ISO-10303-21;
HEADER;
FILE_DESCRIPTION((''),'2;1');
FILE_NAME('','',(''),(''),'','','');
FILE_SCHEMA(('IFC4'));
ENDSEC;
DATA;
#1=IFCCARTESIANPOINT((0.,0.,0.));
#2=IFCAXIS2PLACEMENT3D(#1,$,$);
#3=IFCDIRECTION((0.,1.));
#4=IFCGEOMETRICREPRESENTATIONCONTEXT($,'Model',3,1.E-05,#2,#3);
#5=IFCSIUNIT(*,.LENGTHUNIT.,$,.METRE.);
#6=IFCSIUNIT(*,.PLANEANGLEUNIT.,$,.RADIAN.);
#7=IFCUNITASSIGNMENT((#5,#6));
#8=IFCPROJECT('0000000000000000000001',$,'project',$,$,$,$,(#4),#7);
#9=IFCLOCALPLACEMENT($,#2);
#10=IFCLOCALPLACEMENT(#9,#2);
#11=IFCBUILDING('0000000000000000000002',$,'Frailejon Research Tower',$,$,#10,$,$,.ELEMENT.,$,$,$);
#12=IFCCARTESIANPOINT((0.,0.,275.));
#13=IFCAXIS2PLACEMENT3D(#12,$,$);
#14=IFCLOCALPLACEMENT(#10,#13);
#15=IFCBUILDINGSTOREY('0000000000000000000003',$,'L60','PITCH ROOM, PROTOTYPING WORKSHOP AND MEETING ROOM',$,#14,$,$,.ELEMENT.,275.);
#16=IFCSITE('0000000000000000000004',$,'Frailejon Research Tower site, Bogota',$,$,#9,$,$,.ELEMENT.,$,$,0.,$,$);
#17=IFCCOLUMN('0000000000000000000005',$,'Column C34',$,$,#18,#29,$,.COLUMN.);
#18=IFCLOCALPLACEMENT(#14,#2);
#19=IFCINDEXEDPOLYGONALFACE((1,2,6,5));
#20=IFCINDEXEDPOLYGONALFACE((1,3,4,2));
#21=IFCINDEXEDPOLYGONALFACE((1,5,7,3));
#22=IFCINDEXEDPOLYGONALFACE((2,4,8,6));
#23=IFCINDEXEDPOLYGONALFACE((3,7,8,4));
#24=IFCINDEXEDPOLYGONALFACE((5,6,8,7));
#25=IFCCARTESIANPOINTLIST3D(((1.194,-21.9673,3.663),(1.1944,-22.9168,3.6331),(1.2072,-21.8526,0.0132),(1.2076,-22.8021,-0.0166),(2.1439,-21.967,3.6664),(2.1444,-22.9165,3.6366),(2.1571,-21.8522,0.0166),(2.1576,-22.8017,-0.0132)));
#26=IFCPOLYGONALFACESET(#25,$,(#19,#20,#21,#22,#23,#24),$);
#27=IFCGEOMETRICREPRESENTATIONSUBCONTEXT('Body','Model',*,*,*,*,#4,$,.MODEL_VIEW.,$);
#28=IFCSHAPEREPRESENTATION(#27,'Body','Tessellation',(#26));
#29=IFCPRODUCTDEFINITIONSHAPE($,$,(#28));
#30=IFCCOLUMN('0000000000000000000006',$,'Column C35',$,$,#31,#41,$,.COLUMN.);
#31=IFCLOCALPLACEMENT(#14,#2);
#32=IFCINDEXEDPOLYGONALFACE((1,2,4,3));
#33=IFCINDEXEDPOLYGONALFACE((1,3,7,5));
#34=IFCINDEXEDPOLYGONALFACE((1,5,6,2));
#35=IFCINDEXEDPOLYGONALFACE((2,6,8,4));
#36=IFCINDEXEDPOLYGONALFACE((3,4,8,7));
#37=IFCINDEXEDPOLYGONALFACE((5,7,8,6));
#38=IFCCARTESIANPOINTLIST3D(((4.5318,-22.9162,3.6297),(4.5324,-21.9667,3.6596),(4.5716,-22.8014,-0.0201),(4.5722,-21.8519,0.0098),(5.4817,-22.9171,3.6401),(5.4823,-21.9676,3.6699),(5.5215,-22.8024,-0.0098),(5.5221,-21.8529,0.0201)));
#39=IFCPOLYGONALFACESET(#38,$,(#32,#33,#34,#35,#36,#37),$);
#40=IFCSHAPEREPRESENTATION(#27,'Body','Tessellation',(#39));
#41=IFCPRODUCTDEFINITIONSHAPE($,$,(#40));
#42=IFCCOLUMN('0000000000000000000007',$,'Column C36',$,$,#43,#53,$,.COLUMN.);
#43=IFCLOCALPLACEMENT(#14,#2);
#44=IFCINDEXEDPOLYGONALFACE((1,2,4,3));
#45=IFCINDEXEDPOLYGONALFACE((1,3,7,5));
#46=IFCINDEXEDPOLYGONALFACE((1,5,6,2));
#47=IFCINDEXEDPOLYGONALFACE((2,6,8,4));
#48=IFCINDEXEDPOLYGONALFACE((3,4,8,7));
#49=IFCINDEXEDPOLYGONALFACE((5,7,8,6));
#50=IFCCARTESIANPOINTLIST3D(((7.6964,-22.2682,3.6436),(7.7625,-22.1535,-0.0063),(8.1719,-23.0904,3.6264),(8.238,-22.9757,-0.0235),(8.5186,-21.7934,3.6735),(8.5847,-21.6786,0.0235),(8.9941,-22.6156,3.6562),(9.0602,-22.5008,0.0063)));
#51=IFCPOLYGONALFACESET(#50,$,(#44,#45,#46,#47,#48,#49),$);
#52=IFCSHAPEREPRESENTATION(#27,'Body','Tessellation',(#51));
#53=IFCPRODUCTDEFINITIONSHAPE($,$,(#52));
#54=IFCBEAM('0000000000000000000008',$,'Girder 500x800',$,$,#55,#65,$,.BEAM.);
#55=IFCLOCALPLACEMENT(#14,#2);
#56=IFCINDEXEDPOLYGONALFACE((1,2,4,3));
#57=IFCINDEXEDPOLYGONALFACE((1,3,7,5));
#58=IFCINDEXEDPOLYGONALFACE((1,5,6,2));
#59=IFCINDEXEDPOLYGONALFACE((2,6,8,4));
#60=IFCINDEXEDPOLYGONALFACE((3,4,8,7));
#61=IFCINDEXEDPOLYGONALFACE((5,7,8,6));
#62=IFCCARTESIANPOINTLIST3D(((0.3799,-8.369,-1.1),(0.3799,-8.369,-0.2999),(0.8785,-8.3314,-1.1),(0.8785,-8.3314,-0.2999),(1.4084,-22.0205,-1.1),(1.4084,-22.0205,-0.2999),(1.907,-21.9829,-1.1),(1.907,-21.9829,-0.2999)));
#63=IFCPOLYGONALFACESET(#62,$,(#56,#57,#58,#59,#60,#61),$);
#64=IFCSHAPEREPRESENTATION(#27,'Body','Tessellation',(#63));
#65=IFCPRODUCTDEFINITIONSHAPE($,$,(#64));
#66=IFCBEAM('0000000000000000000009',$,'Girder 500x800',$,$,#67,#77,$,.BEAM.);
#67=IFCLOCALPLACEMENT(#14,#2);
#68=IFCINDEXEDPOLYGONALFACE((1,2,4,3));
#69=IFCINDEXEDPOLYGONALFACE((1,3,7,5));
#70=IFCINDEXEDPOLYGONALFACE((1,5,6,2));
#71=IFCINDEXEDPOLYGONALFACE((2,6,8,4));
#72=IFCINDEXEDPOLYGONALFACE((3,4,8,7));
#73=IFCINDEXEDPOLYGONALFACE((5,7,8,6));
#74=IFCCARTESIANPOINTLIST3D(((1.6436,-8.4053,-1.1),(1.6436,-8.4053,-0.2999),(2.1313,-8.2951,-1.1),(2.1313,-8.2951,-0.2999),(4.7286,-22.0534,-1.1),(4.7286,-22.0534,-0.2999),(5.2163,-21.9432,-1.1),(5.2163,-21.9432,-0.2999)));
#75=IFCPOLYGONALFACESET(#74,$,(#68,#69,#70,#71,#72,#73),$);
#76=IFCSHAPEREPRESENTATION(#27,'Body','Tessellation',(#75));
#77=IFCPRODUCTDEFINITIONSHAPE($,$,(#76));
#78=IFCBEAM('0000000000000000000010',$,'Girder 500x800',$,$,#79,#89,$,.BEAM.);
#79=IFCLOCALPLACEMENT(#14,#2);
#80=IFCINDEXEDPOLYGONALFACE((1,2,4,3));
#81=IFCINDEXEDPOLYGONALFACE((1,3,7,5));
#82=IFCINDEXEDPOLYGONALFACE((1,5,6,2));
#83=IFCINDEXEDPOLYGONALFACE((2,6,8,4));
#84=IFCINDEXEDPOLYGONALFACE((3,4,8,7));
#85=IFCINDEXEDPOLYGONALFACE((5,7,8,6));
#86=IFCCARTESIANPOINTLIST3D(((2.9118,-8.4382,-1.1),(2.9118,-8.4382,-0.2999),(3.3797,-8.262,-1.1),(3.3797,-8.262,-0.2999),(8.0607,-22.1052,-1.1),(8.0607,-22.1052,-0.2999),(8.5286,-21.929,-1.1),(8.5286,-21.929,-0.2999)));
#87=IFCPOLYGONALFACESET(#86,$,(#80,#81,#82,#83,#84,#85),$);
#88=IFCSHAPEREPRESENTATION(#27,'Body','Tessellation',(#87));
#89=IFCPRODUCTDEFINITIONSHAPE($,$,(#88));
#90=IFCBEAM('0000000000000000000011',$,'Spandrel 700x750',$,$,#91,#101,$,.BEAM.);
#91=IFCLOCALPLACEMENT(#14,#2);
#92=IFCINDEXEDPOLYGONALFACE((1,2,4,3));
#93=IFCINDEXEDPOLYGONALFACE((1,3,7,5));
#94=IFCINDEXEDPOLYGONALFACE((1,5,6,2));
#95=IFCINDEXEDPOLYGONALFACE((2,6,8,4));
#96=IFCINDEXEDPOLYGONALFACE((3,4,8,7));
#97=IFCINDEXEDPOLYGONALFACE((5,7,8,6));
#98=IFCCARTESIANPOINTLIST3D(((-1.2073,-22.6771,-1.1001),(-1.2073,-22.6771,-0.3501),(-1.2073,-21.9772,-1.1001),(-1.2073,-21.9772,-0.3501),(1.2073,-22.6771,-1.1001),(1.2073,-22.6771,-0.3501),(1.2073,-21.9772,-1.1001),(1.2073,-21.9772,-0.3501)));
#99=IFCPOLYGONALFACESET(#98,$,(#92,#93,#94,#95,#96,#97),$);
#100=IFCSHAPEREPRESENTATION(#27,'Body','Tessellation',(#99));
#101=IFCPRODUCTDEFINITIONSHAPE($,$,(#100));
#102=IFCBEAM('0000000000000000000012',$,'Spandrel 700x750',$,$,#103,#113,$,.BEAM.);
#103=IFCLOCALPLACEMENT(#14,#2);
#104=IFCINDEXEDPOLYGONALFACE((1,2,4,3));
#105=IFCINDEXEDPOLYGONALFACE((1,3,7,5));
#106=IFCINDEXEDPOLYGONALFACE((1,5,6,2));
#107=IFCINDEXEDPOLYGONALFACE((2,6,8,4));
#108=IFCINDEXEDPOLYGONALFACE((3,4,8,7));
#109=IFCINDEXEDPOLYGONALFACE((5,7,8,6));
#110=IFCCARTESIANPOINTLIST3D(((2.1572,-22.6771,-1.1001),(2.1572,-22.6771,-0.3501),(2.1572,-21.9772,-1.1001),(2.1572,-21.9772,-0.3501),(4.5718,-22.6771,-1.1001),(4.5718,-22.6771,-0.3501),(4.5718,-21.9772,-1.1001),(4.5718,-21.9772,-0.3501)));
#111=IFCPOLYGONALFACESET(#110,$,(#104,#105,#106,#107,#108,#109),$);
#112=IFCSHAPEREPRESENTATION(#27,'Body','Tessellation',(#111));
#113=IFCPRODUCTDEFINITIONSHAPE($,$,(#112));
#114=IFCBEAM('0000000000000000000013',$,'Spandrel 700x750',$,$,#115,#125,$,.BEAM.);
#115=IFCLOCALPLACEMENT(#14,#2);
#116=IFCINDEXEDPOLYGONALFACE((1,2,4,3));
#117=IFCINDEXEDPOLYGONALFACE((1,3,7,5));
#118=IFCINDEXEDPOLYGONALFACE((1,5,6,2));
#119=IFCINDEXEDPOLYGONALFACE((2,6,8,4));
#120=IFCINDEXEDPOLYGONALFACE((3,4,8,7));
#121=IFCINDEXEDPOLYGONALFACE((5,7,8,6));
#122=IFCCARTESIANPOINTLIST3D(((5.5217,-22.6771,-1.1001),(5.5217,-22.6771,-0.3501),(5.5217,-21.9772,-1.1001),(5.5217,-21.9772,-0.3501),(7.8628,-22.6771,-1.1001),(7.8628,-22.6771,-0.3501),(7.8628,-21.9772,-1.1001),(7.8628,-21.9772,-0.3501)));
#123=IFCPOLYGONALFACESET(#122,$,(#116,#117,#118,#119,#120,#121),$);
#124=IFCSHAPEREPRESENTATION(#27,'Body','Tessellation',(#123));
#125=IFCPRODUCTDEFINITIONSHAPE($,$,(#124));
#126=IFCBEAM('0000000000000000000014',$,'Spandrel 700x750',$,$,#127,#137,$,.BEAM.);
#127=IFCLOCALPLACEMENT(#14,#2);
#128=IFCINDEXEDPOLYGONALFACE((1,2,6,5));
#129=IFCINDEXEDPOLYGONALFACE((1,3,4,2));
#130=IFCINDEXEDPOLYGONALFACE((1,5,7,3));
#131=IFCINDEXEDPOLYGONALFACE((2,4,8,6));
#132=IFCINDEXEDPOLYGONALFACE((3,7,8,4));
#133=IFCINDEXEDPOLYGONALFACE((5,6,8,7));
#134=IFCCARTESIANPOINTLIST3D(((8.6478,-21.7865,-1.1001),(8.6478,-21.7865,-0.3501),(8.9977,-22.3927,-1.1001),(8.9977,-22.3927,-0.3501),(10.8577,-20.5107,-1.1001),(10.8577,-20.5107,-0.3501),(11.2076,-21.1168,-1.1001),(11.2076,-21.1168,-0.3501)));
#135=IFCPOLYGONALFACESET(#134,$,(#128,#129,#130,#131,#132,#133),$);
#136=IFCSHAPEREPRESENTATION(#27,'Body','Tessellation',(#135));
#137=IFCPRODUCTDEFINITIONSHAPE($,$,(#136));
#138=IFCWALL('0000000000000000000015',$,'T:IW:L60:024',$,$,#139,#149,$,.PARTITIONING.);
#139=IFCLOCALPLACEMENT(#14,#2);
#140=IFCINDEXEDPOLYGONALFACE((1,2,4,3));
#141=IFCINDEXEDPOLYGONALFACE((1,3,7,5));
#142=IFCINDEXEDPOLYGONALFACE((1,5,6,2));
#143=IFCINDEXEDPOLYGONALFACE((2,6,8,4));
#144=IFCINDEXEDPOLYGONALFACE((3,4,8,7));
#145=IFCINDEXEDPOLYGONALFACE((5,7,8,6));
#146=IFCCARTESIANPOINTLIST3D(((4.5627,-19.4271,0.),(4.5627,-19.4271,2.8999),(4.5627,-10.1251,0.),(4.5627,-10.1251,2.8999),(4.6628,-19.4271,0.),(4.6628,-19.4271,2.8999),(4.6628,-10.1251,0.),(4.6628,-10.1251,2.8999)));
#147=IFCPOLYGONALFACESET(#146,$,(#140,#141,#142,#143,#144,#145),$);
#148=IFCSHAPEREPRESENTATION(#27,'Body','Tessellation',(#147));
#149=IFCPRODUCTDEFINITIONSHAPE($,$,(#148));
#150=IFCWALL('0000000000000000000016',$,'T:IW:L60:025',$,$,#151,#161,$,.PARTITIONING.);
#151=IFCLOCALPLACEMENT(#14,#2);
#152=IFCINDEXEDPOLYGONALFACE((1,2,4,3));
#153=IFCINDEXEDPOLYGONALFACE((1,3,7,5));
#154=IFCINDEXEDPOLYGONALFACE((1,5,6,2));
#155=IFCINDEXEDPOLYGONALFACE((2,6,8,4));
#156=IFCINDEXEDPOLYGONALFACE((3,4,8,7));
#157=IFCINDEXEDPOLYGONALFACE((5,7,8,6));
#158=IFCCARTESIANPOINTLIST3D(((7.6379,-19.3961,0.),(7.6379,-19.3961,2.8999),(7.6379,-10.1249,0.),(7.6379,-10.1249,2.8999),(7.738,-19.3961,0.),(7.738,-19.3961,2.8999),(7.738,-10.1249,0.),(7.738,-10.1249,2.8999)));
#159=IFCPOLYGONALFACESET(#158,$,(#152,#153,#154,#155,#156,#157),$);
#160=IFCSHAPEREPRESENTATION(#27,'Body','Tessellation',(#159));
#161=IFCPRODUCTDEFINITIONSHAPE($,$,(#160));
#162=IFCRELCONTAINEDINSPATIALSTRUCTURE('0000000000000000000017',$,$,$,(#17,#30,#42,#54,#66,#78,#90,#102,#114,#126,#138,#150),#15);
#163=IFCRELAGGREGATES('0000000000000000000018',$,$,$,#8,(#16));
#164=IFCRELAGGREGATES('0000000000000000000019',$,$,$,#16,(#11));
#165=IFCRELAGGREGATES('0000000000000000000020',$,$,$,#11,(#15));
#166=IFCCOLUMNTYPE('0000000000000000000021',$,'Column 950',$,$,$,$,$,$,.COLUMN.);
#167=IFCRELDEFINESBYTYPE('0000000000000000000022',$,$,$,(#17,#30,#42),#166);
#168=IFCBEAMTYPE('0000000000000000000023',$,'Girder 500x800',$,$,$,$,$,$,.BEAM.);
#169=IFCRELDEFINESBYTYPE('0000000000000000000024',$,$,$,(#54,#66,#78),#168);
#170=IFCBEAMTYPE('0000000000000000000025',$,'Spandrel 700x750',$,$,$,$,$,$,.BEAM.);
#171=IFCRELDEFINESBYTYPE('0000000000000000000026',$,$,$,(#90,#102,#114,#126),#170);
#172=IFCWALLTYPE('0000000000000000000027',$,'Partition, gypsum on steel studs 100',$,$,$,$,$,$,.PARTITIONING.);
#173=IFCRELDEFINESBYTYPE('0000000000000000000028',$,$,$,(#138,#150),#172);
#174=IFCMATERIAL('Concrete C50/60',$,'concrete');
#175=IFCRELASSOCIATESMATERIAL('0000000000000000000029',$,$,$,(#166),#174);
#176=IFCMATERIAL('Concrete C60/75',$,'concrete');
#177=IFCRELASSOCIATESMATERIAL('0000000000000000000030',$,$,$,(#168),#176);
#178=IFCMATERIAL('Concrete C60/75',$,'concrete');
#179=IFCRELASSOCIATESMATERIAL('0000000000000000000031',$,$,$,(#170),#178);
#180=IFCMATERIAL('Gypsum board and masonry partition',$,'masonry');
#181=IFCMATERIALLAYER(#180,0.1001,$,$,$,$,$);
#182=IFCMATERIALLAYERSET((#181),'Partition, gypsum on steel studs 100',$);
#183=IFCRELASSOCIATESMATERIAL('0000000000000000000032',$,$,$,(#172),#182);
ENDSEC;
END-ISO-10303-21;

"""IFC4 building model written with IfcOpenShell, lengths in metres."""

from ifc_helpers import new_model, si_unit, direction, frame, frame_2d, origin, origin_2d, place, context, subcontext, project, spatial, rectangle, extrude, material, layer, layer_set, material_profile, profile_set, type_object, element, save


model = new_model("IFC4")

# Units and contexts
model_context = context("Model", 3, precision=1e-05, world=origin(), true_north=direction((0.0, 1.0)))
body_context = subcontext(model_context, "Body", "Model", "MODEL_VIEW")
ifc_project = project(units=[si_unit("LENGTHUNIT", "METRE"), si_unit("PLANEANGLEUNIT", "RADIAN")], contexts=[model_context])

# Site, building, storey
site_placement = place(None, origin())
site = spatial("IfcSite", under=ifc_project, at=site_placement, Name="Frailejon Research Tower site, Bogota", CompositionType="ELEMENT", RefElevation=0.0)
building_placement = place(site_placement, origin())
building = spatial("IfcBuilding", under=site, at=building_placement, Name="Frailejon Research Tower", CompositionType="ELEMENT")
storey_placement = place(building_placement, frame((0.0, 0.0, 275.0)))
storey = spatial("IfcBuildingStorey", under=building, at=storey_placement, Name="L60", Description="PITCH ROOM, PROTOTYPING WORKSHOP AND MEETING ROOM", CompositionType="ELEMENT", Elevation=275.0)

# Columns
ifc_material_1 = material(Name="Concrete C50/60", Category="concrete")
ifc_material_profile_1 = material_profile(ifc_material_1, rectangle(XDim=0.95, YDim=0.95, at=origin_2d()), Name="Column 950")
ifc_profile_set_1 = profile_set([ifc_material_profile_1], Name="Concrete C50/60")
column_type = type_object("IfcColumnType", Name="Column 950", PredefinedType="COLUMN", material=ifc_profile_set_1)
column_1_placement = place(storey_placement, frame((1.6824, -22.3271, 0.0), z_axis=(-0.00361, -0.031422, 0.9995), x_axis=(0.999993, 0.000341, 0.003623)))
element("IfcColumn", 1, at=column_1_placement, inside=storey, type_object=column_type, Name="Column C34", PredefinedType="COLUMN", context=body_context, shape_type="SweptSolid", body=[
    extrude(rectangle(XDim=0.95, YDim=0.95, at=origin_2d()), origin(), (0.0, 0.0, 1.0), 3.6516),
])
column_2_placement = place(storey_placement, frame((5.0469, -22.3271, 0.0), z_axis=(-0.010897, -0.031421, 0.999447), x_axis=(0.99994, -0.001008, 0.010871)))
element("IfcColumn", 2, at=column_2_placement, inside=storey, type_object=column_type, Name="Column C35", PredefinedType="COLUMN", context=body_context, shape_type="SweptSolid", body=[
    extrude(rectangle(XDim=0.95, YDim=0.95, at=origin_2d()), origin(), (0.0, 0.0, 1.0), 3.6519),
])
column_3_placement = place(storey_placement, frame((8.4114, -22.3271, 0.0), z_axis=(-0.018115, -0.031417, 0.999342), x_axis=(0.86552, 0.499889, 0.031405)))
element("IfcColumn", 3, at=column_3_placement, inside=storey, type_object=column_type, Name="Column C36", PredefinedType="COLUMN", context=body_context, shape_type="SweptSolid", body=[
    extrude(rectangle(XDim=0.95, YDim=0.95, at=origin_2d()), origin(), (0.0, 0.0, 1.0), 3.6523),
])

# Beams
ifc_material_2 = material(Name="Concrete C60/75", Category="concrete")
ifc_material_profile_2 = material_profile(ifc_material_2, rectangle(XDim=0.5, YDim=0.8, at=origin_2d()), Name="Girder 500x800")
ifc_profile_set_2 = profile_set([ifc_material_profile_2], Name="Concrete C60/75")
beam_type_1 = type_object("IfcBeamType", Name="Girder 500x800", PredefinedType="BEAM", material=ifc_profile_set_2)
beam_1_placement = place(storey_placement, frame((1.6577, -22.0017, -0.7), z_axis=(-0.075131, 0.997174, 0.0), x_axis=(-0.997174, -0.075131, 0.0)))
element("IfcBeam", 4, at=beam_1_placement, inside=storey, type_object=beam_type_1, Name="Girder 500x800", PredefinedType="BEAM", context=body_context, shape_type="SweptSolid", body=[
    extrude(rectangle(XDim=0.5, YDim=0.8, at=origin_2d()), origin(), (0.0, 0.0, 1.0), 13.6902),
])
beam_2_placement = place(storey_placement, frame((4.9724, -21.9983, -0.7), z_axis=(-0.220472, 0.975393, 0.0), x_axis=(-0.975393, -0.220472, 0.0)))
element("IfcBeam", 5, at=beam_2_placement, inside=storey, type_object=beam_type_1, Name="Girder 500x800", PredefinedType="BEAM", context=body_context, shape_type="SweptSolid", body=[
    extrude(rectangle(XDim=0.5, YDim=0.8, at=origin_2d()), origin(), (0.0, 0.0, 1.0), 13.9924),
])
beam_3_placement = place(storey_placement, frame((8.2947, -22.0171, -0.7), z_axis=(-0.352552, 0.935792, 0.0), x_axis=(-0.935792, -0.352552, 0.0)))
element("IfcBeam", 6, at=beam_3_placement, inside=storey, type_object=beam_type_1, Name="Girder 500x800", PredefinedType="BEAM", context=body_context, shape_type="SweptSolid", body=[
    extrude(rectangle(XDim=0.5, YDim=0.8, at=origin_2d()), origin(), (0.0, 0.0, 1.0), 14.6047),
])
ifc_material_3 = material(Name="Concrete C60/75", Category="concrete")
ifc_material_profile_3 = material_profile(ifc_material_3, rectangle(XDim=0.7, YDim=0.75, at=origin_2d()), Name="Spandrel 700x750")
ifc_profile_set_3 = profile_set([ifc_material_profile_3], Name="Concrete C60/75")
beam_type_2 = type_object("IfcBeamType", Name="Spandrel 700x750", PredefinedType="BEAM", material=ifc_profile_set_3)
for number, where, z_axis, x_axis, name in (
    (7, (-1.2073, -22.3271, -0.7251), (1.0, 0.0, 0.0), (0.0, 1.0, 0.0), "Spandrel 700x750"),
    (8, (2.1572, -22.3271, -0.7251), (1.0, 0.0, 0.0), (0.0, 1.0, 0.0), "Spandrel 700x750"),
):
    element("IfcBeam", number, at=place(storey_placement, frame(where, z_axis=z_axis, x_axis=x_axis)), inside=storey, type_object=beam_type_2, Name=name, PredefinedType="BEAM", context=body_context, shape_type="SweptSolid", body=[
        extrude(rectangle(XDim=0.7, YDim=0.75, at=origin_2d()), origin(), (0.0, 0.0, 1.0), 2.4146),
    ])
beam_4_placement = place(storey_placement, frame((5.5217, -22.3271, -0.7251), z_axis=(1.0, 0.0, 0.0), x_axis=(0.0, 1.0, 0.0)))
element("IfcBeam", 9, at=beam_4_placement, inside=storey, type_object=beam_type_2, Name="Spandrel 700x750", PredefinedType="BEAM", context=body_context, shape_type="SweptSolid", body=[
    extrude(rectangle(XDim=0.7, YDim=0.75, at=origin_2d()), origin(), (0.0, 0.0, 1.0), 2.3411),
])
beam_5_placement = place(storey_placement, frame((8.8228, -22.0896, -0.7251), z_axis=(0.866033, 0.499987, 0.0), x_axis=(-0.499987, 0.866033, 0.0)))
element("IfcBeam", 10, at=beam_5_placement, inside=storey, type_object=beam_type_2, Name="Spandrel 700x750", PredefinedType="BEAM", context=body_context, shape_type="SweptSolid", body=[
    extrude(rectangle(XDim=0.7, YDim=0.75, at=origin_2d()), origin(), (0.0, 0.0, 1.0), 2.5518),
])

# Walls
ifc_material_4 = material(Name="Gypsum board and masonry partition", Category="masonry")
ifc_layer_1 = layer(ifc_material_4, 0.1001)
ifc_layer_set_1 = layer_set([ifc_layer_1], Name="Partition, gypsum on steel studs 100")
wall_type_1 = type_object("IfcWallType", Name="Partition, gypsum on steel studs 100", PredefinedType="PARTITIONING", material=ifc_layer_set_1)
wall_1_placement = place(storey_placement, frame((4.6128, -19.427, 0.0), z_axis=(0.0, 0.0, 1.0), x_axis=(0.0, 1.0, 0.0)))
element("IfcWall", 11, at=wall_1_placement, inside=storey, type_object=wall_type_1, Name="T:IW:L60:024", PredefinedType="PARTITIONING", context=body_context, shape_type="SweptSolid", body=[
    extrude(rectangle(XDim=9.302, YDim=0.1001, at=frame_2d((4.6509, 0.0))), origin(), (0.0, 0.0, 1.0), 2.8999),
])
wall_2_placement = place(storey_placement, frame((7.688, -19.3962, 0.0), z_axis=(0.0, 0.0, 1.0), x_axis=(0.0, 1.0, 0.0)))
element("IfcWall", 12, at=wall_2_placement, inside=storey, type_object=wall_type_1, Name="T:IW:L60:025", PredefinedType="PARTITIONING", context=body_context, shape_type="SweptSolid", body=[
    extrude(rectangle(XDim=9.2712, YDim=0.1001, at=frame_2d((4.6357, 0.0))), origin(), (0.0, 0.0, 1.0), 2.8999),
])

save(model, "model.ifc")
